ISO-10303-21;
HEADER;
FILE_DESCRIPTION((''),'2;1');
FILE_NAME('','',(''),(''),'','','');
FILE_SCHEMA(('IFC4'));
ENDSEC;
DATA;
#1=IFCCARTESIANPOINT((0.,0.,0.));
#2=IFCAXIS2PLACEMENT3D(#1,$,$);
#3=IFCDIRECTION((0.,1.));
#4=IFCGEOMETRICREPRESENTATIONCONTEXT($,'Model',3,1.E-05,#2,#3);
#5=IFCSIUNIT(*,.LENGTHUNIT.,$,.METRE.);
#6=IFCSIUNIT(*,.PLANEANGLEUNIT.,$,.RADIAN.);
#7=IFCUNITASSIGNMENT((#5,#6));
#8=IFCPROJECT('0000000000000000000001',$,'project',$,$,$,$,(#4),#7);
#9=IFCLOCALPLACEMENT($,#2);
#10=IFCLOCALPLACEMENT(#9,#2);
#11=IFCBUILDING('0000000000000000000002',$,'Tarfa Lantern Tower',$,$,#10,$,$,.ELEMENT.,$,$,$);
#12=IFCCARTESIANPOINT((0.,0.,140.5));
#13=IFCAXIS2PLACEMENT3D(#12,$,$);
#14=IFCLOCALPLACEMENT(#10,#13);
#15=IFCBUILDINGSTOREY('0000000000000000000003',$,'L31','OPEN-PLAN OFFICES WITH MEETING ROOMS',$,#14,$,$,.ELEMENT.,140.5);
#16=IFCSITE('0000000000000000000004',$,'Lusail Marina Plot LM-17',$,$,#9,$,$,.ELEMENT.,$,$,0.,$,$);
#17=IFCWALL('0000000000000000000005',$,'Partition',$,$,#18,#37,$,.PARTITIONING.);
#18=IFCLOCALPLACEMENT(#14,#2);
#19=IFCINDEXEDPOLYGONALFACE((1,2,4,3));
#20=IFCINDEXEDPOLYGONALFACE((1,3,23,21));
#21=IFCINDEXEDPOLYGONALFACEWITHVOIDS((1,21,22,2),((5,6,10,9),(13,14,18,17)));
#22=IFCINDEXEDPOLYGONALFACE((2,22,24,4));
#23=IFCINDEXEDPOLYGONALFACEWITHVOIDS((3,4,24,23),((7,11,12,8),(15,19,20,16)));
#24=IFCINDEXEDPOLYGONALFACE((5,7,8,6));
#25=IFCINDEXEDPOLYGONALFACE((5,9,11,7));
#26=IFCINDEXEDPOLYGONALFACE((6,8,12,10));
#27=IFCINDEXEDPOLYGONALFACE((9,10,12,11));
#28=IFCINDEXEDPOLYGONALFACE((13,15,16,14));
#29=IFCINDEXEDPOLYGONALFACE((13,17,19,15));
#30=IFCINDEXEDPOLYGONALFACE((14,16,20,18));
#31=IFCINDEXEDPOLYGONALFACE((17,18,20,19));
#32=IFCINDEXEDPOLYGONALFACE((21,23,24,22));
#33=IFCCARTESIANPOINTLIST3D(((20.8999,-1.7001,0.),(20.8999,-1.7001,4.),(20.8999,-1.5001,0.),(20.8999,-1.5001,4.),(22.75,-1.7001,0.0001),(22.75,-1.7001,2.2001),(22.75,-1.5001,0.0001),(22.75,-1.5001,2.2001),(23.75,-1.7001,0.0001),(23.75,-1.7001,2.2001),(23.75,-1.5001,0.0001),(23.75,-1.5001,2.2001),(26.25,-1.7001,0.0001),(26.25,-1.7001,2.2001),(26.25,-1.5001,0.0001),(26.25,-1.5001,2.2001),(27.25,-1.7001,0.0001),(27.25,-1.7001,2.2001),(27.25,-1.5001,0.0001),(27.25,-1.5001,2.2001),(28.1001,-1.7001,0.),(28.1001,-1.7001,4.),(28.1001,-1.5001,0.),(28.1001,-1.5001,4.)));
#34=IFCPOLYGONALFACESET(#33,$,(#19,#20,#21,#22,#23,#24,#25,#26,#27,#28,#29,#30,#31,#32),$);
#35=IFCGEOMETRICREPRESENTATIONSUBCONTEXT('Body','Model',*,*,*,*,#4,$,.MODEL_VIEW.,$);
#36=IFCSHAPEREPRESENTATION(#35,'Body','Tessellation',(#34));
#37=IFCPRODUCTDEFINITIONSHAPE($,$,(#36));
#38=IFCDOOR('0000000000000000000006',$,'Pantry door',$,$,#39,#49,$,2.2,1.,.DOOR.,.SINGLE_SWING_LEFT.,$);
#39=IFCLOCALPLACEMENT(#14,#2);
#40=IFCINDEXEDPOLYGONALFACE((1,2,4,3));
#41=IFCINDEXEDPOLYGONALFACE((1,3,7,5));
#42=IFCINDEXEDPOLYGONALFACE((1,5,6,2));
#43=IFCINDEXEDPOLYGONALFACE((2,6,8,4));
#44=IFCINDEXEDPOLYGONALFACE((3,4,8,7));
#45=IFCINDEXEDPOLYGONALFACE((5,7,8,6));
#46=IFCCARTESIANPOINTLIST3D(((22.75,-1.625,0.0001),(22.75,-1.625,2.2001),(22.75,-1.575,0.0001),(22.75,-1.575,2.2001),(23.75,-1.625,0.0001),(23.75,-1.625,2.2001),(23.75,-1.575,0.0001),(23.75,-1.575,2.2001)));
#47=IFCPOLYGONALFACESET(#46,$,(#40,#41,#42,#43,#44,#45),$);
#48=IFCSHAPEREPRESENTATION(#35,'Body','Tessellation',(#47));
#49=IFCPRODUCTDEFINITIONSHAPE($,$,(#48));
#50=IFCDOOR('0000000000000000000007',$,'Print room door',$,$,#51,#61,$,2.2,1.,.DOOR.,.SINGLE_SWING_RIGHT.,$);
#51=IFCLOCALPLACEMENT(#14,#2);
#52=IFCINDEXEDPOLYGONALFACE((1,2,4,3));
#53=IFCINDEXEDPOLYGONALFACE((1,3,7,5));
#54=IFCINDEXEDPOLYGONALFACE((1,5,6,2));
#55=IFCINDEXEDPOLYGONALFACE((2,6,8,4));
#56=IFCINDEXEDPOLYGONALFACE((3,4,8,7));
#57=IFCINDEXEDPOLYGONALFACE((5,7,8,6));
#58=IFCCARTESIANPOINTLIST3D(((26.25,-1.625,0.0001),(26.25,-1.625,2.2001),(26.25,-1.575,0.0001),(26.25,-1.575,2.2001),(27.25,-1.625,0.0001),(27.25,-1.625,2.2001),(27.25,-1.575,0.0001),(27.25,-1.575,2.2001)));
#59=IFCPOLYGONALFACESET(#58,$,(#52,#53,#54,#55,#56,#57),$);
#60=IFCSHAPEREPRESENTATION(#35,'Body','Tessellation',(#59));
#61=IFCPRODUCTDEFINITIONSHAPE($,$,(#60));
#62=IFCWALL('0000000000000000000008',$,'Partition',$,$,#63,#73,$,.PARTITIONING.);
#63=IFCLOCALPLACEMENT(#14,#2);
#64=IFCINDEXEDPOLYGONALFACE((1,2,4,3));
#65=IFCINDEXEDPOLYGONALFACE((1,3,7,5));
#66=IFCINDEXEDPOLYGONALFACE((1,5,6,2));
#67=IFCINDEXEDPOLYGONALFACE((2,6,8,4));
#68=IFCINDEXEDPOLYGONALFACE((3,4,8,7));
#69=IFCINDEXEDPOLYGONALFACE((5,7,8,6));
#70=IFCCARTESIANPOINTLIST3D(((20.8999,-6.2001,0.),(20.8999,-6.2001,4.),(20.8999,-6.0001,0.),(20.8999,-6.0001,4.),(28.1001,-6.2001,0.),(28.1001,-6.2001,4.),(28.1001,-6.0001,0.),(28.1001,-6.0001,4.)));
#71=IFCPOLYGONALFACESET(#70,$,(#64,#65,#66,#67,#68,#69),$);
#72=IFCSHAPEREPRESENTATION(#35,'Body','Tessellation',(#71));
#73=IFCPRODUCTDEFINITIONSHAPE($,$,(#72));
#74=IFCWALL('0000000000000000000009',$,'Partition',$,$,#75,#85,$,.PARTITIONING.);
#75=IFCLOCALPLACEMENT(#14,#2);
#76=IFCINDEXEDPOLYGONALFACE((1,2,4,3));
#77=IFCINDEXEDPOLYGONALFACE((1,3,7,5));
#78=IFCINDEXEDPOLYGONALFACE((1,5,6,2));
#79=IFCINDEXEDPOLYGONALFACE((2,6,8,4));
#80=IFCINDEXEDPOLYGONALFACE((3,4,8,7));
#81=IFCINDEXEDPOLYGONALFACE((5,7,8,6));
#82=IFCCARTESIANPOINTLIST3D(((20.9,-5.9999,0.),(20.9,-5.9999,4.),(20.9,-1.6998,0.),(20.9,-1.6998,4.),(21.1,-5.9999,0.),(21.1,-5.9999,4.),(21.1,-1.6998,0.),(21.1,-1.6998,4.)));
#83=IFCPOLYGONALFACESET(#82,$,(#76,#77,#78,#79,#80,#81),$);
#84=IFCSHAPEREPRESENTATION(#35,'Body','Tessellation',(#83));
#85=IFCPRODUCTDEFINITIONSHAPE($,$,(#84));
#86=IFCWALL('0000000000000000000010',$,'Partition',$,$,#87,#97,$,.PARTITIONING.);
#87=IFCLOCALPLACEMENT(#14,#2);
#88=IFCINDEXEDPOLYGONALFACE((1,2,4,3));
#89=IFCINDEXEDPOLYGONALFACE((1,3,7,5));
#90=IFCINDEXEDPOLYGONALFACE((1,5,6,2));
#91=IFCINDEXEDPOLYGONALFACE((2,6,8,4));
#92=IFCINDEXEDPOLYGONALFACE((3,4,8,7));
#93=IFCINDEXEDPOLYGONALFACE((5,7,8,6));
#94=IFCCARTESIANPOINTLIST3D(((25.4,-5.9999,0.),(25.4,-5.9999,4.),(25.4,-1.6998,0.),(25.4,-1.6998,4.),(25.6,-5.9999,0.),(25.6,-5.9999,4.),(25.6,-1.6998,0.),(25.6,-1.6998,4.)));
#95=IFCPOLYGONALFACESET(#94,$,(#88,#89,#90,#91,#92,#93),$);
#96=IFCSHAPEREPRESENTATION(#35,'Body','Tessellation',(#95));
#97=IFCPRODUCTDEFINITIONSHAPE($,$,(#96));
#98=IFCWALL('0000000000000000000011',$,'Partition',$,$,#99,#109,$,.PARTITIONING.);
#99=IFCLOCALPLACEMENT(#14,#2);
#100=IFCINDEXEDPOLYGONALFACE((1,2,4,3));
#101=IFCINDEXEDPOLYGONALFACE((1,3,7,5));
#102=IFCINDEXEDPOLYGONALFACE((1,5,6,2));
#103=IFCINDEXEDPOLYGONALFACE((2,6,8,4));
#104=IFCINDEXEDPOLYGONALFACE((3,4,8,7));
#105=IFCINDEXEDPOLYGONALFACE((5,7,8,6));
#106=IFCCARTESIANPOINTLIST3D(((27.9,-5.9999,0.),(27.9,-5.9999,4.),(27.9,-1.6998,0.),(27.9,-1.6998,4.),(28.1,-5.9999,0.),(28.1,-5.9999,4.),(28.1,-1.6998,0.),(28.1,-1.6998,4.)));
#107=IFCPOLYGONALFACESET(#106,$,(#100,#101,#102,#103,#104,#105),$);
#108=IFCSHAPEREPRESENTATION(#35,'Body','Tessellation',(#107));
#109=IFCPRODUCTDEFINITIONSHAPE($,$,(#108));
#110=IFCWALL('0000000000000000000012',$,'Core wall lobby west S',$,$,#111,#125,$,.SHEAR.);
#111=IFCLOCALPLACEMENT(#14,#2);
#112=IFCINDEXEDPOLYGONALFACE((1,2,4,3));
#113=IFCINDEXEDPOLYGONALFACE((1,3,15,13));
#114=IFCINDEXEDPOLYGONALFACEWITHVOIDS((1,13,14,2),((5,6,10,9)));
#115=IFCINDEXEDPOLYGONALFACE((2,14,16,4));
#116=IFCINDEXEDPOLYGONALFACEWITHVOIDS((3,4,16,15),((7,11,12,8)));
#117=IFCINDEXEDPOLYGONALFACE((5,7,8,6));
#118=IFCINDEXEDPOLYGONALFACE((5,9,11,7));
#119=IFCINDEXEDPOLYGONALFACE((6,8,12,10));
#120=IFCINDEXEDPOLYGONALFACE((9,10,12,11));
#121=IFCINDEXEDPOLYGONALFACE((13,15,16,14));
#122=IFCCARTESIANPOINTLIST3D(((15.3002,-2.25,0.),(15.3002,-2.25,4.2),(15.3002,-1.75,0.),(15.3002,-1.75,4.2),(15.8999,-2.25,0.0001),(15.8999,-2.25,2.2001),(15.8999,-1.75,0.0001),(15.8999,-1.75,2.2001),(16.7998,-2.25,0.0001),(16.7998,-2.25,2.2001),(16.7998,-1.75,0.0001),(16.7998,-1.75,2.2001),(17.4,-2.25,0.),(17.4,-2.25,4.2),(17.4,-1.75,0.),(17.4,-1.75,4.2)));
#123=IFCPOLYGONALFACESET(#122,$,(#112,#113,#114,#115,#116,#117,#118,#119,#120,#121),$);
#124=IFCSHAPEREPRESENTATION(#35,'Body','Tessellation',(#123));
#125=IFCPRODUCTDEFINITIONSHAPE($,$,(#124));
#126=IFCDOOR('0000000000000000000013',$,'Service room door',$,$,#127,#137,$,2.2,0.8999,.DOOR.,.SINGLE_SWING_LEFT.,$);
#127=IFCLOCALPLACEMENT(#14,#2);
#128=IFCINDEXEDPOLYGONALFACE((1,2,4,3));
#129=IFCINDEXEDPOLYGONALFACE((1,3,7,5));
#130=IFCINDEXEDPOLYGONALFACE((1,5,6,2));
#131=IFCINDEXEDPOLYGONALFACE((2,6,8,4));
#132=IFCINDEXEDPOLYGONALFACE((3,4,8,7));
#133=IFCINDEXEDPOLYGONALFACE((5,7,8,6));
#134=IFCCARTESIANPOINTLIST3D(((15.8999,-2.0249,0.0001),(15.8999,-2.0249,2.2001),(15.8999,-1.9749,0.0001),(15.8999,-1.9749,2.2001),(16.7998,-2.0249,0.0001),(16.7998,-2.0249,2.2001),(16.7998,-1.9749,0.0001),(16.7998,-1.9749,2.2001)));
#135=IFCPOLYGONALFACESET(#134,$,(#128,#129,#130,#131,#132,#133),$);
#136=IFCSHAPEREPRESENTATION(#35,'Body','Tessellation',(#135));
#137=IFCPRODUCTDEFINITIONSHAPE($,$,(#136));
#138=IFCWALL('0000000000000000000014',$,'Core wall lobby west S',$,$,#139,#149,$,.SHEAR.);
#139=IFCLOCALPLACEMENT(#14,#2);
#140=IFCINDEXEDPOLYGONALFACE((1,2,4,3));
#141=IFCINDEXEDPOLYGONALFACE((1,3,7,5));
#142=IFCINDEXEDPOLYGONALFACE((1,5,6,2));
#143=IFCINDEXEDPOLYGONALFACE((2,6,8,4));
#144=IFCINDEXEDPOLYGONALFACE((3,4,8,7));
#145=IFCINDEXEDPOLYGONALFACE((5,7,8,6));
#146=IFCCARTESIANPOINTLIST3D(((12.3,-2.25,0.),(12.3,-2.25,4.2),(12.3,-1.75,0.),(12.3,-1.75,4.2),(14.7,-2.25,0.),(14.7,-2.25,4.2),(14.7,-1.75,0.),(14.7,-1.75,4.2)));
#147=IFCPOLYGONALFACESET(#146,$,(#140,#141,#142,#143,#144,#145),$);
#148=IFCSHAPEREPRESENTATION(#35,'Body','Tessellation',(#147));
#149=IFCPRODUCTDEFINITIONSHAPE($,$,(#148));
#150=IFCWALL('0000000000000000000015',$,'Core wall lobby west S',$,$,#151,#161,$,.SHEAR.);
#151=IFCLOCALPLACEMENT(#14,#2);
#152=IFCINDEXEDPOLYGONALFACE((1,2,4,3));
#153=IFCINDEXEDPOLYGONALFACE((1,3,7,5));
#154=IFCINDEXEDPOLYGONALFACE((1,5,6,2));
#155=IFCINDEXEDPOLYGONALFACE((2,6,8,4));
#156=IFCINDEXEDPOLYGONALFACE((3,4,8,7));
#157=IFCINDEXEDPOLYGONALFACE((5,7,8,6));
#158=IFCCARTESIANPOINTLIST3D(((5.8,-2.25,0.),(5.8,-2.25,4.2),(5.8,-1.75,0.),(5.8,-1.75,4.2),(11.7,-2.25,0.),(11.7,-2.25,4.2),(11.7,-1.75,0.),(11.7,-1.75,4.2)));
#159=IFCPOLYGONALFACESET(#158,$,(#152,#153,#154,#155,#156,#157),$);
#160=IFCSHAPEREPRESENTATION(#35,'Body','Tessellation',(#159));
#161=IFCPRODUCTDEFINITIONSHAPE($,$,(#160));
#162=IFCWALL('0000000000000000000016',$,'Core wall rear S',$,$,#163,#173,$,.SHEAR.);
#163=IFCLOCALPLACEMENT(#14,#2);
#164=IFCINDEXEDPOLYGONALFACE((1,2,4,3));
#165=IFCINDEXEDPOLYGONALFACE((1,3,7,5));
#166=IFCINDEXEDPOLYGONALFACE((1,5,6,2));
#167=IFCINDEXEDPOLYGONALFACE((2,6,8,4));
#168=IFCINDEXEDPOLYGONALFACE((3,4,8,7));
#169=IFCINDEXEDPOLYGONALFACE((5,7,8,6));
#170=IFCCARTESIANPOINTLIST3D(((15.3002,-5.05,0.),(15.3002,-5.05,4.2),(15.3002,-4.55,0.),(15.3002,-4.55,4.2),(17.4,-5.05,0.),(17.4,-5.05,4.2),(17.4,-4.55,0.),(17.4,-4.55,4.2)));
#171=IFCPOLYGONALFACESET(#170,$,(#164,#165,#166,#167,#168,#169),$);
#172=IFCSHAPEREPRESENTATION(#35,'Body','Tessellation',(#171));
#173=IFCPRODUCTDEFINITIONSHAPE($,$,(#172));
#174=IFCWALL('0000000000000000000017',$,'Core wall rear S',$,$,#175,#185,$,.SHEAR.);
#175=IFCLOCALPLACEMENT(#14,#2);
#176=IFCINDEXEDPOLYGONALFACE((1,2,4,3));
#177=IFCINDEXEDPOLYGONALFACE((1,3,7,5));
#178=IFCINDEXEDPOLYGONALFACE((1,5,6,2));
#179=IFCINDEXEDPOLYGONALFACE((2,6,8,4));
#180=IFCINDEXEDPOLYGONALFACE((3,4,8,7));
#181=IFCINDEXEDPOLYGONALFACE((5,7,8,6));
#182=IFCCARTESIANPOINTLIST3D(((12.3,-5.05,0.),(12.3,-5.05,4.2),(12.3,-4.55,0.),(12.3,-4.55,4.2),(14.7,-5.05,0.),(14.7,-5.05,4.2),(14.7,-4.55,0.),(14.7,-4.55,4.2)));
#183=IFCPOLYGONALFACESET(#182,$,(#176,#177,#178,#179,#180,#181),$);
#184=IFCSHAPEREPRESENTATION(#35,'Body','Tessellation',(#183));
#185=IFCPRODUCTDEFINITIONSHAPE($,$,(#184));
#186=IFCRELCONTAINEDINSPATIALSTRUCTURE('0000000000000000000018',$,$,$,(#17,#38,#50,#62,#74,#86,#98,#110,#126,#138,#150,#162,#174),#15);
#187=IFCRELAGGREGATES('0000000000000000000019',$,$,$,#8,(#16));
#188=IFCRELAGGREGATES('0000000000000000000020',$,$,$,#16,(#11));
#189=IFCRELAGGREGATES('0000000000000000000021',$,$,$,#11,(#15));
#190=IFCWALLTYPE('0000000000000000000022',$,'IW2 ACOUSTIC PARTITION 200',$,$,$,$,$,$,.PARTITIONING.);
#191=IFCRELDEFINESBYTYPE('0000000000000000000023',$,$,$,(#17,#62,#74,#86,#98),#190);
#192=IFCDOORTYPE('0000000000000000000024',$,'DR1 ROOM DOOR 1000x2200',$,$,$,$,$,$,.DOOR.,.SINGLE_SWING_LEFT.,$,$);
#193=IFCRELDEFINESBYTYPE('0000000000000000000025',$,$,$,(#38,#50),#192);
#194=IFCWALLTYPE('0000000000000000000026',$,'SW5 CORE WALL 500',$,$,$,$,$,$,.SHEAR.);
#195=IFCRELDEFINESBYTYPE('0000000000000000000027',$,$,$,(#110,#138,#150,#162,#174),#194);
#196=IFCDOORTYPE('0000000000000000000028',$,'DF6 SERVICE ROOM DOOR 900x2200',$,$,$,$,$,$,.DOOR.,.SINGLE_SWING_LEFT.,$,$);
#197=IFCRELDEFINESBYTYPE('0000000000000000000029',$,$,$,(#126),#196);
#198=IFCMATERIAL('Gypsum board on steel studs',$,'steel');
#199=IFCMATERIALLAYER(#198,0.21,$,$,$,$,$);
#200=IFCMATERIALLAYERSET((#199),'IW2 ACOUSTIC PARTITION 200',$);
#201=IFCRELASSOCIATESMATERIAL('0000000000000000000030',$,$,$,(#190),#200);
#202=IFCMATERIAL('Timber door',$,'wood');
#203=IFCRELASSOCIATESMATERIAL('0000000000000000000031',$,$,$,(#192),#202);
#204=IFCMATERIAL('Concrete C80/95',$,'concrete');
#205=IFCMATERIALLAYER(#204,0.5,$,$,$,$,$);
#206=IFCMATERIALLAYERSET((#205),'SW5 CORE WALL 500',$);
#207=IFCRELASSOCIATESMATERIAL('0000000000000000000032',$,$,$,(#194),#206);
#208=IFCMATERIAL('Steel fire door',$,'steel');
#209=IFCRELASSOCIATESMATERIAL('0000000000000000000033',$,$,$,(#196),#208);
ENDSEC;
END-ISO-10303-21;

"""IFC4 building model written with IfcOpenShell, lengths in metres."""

from ifc_helpers import new_model, si_unit, direction, frame, frame_2d, origin, place, context, subcontext, project, spatial, rectangle, extrude, material, layer, layer_set, type_object, element, fill, save


model = new_model("IFC4")

# Units and contexts
model_context = context("Model", 3, precision=1e-05, world=origin(), true_north=direction((0.0, 1.0)))
body_context = subcontext(model_context, "Body", "Model", "MODEL_VIEW")
ifc_project = project(units=[si_unit("LENGTHUNIT", "METRE"), si_unit("PLANEANGLEUNIT", "RADIAN")], contexts=[model_context])

# Site, building, storey
site_placement = place(None, origin())
site = spatial("IfcSite", under=ifc_project, at=site_placement, Name="Lusail Marina Plot LM-17", CompositionType="ELEMENT", RefElevation=0.0)
building_placement = place(site_placement, origin())
building = spatial("IfcBuilding", under=site, at=building_placement, Name="Tarfa Lantern Tower", CompositionType="ELEMENT")
storey_placement = place(building_placement, frame((0.0, 0.0, 140.5)))
storey = spatial("IfcBuildingStorey", under=building, at=storey_placement, Name="L31", Description="OPEN-PLAN OFFICES WITH MEETING ROOMS", CompositionType="ELEMENT", Elevation=140.5)

# Shared definitions
ifc_material_1 = material(Name="Concrete C80/95", Category="concrete")

# Wall, openings, doors
ifc_material_2 = material(Name="Gypsum board on steel studs", Category="steel")
ifc_layer_1 = layer(ifc_material_2, 0.21)
ifc_layer_set_1 = layer_set([ifc_layer_1], Name="IW2 ACOUSTIC PARTITION 200")
wall_type_1 = type_object("IfcWallType", Name="IW2 ACOUSTIC PARTITION 200", PredefinedType="PARTITIONING", material=ifc_layer_set_1)
wall_1_placement = place(storey_placement, frame((20.8999, -1.6001, 0.0), z_axis=(0.0, 0.0, 1.0), x_axis=(1.0, 0.0, 0.0)))
wall_1 = element("IfcWall", 1, at=wall_1_placement, inside=storey, type_object=wall_type_1, Name="Partition", PredefinedType="PARTITIONING", context=body_context, shape_type="SweptSolid", body=[
    extrude(rectangle(XDim=7.2002, YDim=0.2, at=frame_2d((3.6001, 0.0))), origin(), (0.0, 0.0, 1.0), 4.0),
])
opening_1_placement = place(wall_1_placement, frame((1.8501, 0.0, 0.0)))
opening_1 = element("IfcOpeningElement", 2, at=opening_1_placement, cuts=wall_1, PredefinedType="OPENING", context=body_context, shape_type="SweptSolid", body=[
    extrude(rectangle(XDim=1.0, YDim=2.2, at=frame_2d((0.5, 1.1001))), frame((0.0, 0.1099, 0.0), z_axis=(0.0, -1.0, 0.0), x_axis=(1.0, 0.0, 0.0)), (0.0, 0.0, 1.0), 0.22),
])
opening_2_placement = place(wall_1_placement, frame((5.3501, 0.0, 0.0)))
opening_2 = element("IfcOpeningElement", 3, at=opening_2_placement, cuts=wall_1, PredefinedType="OPENING", context=body_context, shape_type="SweptSolid", body=[
    extrude(rectangle(XDim=1.0, YDim=2.2, at=frame_2d((0.5, 1.1001))), frame((0.0, 0.1099, 0.0), z_axis=(0.0, -1.0, 0.0), x_axis=(1.0, 0.0, 0.0)), (0.0, 0.0, 1.0), 0.22),
])
ifc_material_3 = material(Name="Timber door", Category="wood")
door_type_1 = type_object("IfcDoorType", Name="DR1 ROOM DOOR 1000x2200", OperationType="SINGLE_SWING_LEFT", PredefinedType="DOOR", material=ifc_material_3)
door_1_placement = place(opening_1_placement, frame((1.0, 0.0, 0.0), z_axis=(0.0, 0.0, 1.0), x_axis=(-1.0, 0.0, 0.0)))
door_1 = element("IfcDoor", 4, at=door_1_placement, inside=storey, type_object=door_type_1, Name="Pantry door", OperationType="SINGLE_SWING_LEFT", OverallHeight=2.2, OverallWidth=1.0, PredefinedType="DOOR", context=body_context, shape_type="SweptSolid", body=[
    extrude(rectangle(XDim=1.0, YDim=2.2, at=frame_2d((0.5, 1.1001))), frame((0.0, 0.0249, 0.0), z_axis=(0.0, -1.0, 0.0), x_axis=(1.0, 0.0, 0.0)), (0.0, 0.0, 1.0), 0.05),
])
fill(opening_1, door_1)
door_2_placement = place(opening_2_placement, frame((1.0, 0.0, 0.0), z_axis=(0.0, 0.0, 1.0), x_axis=(-1.0, 0.0, 0.0)))
door_2 = element("IfcDoor", 5, at=door_2_placement, inside=storey, type_object=door_type_1, Name="Print room door", OperationType="SINGLE_SWING_RIGHT", OverallHeight=2.2, OverallWidth=1.0, PredefinedType="DOOR", context=body_context, shape_type="SweptSolid", body=[
    extrude(rectangle(XDim=1.0, YDim=2.2, at=frame_2d((0.5, 1.1001))), frame((0.0, 0.0249, 0.0), z_axis=(0.0, -1.0, 0.0), x_axis=(1.0, 0.0, 0.0)), (0.0, 0.0, 1.0), 0.05),
])
fill(opening_2, door_2)

# Walls
wall_2_placement = place(storey_placement, frame((20.8999, -6.1001, 0.0), z_axis=(0.0, 0.0, 1.0), x_axis=(1.0, 0.0, 0.0)))
element("IfcWall", 6, at=wall_2_placement, inside=storey, type_object=wall_type_1, Name="Partition", PredefinedType="PARTITIONING", context=body_context, shape_type="SweptSolid", body=[
    extrude(rectangle(XDim=7.2002, YDim=0.2, at=frame_2d((3.6001, 0.0))), origin(), (0.0, 0.0, 1.0), 4.0),
])
for number, where, z_axis, x_axis, name in (
    (7, (21.0, -1.7, 0.0), (0.0, 0.0, 1.0), (0.0, -1.0, 0.0), "Partition"),
    (8, (25.5, -1.7, 0.0), (0.0, 0.0, 1.0), (0.0, -1.0, 0.0), "Partition"),
    (9, (28.0, -1.7, 0.0), (0.0, 0.0, 1.0), (0.0, -1.0, 0.0), "Partition"),
):
    element("IfcWall", number, at=place(storey_placement, frame(where, z_axis=z_axis, x_axis=x_axis)), inside=storey, type_object=wall_type_1, Name=name, PredefinedType="PARTITIONING", context=body_context, shape_type="SweptSolid", body=[
        extrude(rectangle(XDim=4.3, YDim=0.2, at=frame_2d((2.1499, 0.0))), origin(), (0.0, 0.0, 1.0), 4.0),
    ])

# Wall, opening, door
ifc_material_4 = material(Name="Steel fire door", Category="steel")
ifc_layer_2 = layer(ifc_material_1, 0.5)
ifc_layer_set_2 = layer_set([ifc_layer_2], Name="SW5 CORE WALL 500")
wall_type_2 = type_object("IfcWallType", Name="SW5 CORE WALL 500", PredefinedType="SHEAR", material=ifc_layer_set_2)
wall_3_placement = place(storey_placement, frame((17.3999, -2.0, 0.0), z_axis=(0.0, 0.0, 1.0), x_axis=(-1.0, 0.0, 0.0)))
wall_3 = element("IfcWall", 10, at=wall_3_placement, inside=storey, type_object=wall_type_2, Name="Core wall lobby west S", PredefinedType="SHEAR", context=body_context, shape_type="SweptSolid", body=[
    extrude(rectangle(XDim=2.0999, YDim=0.5, at=frame_2d((1.0498, 0.0))), origin(), (0.0, 0.0, 1.0), 4.2),
])
opening_3_placement = place(wall_3_placement, frame((0.6001, 0.0, 0.0)))
opening_3 = element("IfcOpeningElement", 11, at=opening_3_placement, cuts=wall_3, PredefinedType="OPENING", context=body_context, shape_type="SweptSolid", body=[
    extrude(rectangle(XDim=0.8999, YDim=2.2, at=frame_2d((0.45, 1.1001))), frame((0.0, 0.26, 0.0), z_axis=(0.0, -1.0, 0.0), x_axis=(1.0, 0.0, 0.0)), (0.0, 0.0, 1.0), 0.52),
])
door_type_2 = type_object("IfcDoorType", Name="DF6 SERVICE ROOM DOOR 900x2200", OperationType="SINGLE_SWING_LEFT", PredefinedType="DOOR", material=ifc_material_4)
door_3_placement = place(opening_3_placement, origin())
door_3 = element("IfcDoor", 12, at=door_3_placement, inside=storey, type_object=door_type_2, Name="Service room door", OperationType="SINGLE_SWING_LEFT", OverallHeight=2.2, OverallWidth=0.8999, PredefinedType="DOOR", context=body_context, shape_type="SweptSolid", body=[
    extrude(rectangle(XDim=0.8999, YDim=2.2, at=frame_2d((0.45, 1.1001))), frame((0.0, 0.0249, 0.0), z_axis=(0.0, -1.0, 0.0), x_axis=(1.0, 0.0, 0.0)), (0.0, 0.0, 1.0), 0.05),
])
fill(opening_3, door_3)

# Walls
wall_4_placement = place(storey_placement, frame((14.7, -2.0, 0.0), z_axis=(0.0, 0.0, 1.0), x_axis=(-1.0, 0.0, 0.0)))
element("IfcWall", 13, at=wall_4_placement, inside=storey, type_object=wall_type_2, Name="Core wall lobby west S", PredefinedType="SHEAR", context=body_context, shape_type="SweptSolid", body=[
    extrude(rectangle(XDim=2.3999, YDim=0.5, at=frame_2d((1.2, 0.0))), origin(), (0.0, 0.0, 1.0), 4.2),
])
wall_5_placement = place(storey_placement, frame((11.7, -2.0, 0.0), z_axis=(0.0, 0.0, 1.0), x_axis=(-1.0, 0.0, 0.0)))
element("IfcWall", 14, at=wall_5_placement, inside=storey, type_object=wall_type_2, Name="Core wall lobby west S", PredefinedType="SHEAR", context=body_context, shape_type="SweptSolid", body=[
    extrude(rectangle(XDim=5.8999, YDim=0.5, at=frame_2d((2.95, 0.0))), origin(), (0.0, 0.0, 1.0), 4.2),
])
wall_6_placement = place(storey_placement, frame((17.3999, -4.8, 0.0), z_axis=(0.0, 0.0, 1.0), x_axis=(-1.0, 0.0, 0.0)))
element("IfcWall", 15, at=wall_6_placement, inside=storey, type_object=wall_type_2, Name="Core wall rear S", PredefinedType="SHEAR", context=body_context, shape_type="SweptSolid", body=[
    extrude(rectangle(XDim=2.0999, YDim=0.5, at=frame_2d((1.0498, 0.0))), origin(), (0.0, 0.0, 1.0), 4.2),
])
wall_7_placement = place(storey_placement, frame((14.7, -4.8, 0.0), z_axis=(0.0, 0.0, 1.0), x_axis=(-1.0, 0.0, 0.0)))
element("IfcWall", 16, at=wall_7_placement, inside=storey, type_object=wall_type_2, Name="Core wall rear S", PredefinedType="SHEAR", context=body_context, shape_type="SweptSolid", body=[
    extrude(rectangle(XDim=2.3999, YDim=0.5, at=frame_2d((1.2, 0.0))), origin(), (0.0, 0.0, 1.0), 4.2),
])

save(model, "model.ifc")
